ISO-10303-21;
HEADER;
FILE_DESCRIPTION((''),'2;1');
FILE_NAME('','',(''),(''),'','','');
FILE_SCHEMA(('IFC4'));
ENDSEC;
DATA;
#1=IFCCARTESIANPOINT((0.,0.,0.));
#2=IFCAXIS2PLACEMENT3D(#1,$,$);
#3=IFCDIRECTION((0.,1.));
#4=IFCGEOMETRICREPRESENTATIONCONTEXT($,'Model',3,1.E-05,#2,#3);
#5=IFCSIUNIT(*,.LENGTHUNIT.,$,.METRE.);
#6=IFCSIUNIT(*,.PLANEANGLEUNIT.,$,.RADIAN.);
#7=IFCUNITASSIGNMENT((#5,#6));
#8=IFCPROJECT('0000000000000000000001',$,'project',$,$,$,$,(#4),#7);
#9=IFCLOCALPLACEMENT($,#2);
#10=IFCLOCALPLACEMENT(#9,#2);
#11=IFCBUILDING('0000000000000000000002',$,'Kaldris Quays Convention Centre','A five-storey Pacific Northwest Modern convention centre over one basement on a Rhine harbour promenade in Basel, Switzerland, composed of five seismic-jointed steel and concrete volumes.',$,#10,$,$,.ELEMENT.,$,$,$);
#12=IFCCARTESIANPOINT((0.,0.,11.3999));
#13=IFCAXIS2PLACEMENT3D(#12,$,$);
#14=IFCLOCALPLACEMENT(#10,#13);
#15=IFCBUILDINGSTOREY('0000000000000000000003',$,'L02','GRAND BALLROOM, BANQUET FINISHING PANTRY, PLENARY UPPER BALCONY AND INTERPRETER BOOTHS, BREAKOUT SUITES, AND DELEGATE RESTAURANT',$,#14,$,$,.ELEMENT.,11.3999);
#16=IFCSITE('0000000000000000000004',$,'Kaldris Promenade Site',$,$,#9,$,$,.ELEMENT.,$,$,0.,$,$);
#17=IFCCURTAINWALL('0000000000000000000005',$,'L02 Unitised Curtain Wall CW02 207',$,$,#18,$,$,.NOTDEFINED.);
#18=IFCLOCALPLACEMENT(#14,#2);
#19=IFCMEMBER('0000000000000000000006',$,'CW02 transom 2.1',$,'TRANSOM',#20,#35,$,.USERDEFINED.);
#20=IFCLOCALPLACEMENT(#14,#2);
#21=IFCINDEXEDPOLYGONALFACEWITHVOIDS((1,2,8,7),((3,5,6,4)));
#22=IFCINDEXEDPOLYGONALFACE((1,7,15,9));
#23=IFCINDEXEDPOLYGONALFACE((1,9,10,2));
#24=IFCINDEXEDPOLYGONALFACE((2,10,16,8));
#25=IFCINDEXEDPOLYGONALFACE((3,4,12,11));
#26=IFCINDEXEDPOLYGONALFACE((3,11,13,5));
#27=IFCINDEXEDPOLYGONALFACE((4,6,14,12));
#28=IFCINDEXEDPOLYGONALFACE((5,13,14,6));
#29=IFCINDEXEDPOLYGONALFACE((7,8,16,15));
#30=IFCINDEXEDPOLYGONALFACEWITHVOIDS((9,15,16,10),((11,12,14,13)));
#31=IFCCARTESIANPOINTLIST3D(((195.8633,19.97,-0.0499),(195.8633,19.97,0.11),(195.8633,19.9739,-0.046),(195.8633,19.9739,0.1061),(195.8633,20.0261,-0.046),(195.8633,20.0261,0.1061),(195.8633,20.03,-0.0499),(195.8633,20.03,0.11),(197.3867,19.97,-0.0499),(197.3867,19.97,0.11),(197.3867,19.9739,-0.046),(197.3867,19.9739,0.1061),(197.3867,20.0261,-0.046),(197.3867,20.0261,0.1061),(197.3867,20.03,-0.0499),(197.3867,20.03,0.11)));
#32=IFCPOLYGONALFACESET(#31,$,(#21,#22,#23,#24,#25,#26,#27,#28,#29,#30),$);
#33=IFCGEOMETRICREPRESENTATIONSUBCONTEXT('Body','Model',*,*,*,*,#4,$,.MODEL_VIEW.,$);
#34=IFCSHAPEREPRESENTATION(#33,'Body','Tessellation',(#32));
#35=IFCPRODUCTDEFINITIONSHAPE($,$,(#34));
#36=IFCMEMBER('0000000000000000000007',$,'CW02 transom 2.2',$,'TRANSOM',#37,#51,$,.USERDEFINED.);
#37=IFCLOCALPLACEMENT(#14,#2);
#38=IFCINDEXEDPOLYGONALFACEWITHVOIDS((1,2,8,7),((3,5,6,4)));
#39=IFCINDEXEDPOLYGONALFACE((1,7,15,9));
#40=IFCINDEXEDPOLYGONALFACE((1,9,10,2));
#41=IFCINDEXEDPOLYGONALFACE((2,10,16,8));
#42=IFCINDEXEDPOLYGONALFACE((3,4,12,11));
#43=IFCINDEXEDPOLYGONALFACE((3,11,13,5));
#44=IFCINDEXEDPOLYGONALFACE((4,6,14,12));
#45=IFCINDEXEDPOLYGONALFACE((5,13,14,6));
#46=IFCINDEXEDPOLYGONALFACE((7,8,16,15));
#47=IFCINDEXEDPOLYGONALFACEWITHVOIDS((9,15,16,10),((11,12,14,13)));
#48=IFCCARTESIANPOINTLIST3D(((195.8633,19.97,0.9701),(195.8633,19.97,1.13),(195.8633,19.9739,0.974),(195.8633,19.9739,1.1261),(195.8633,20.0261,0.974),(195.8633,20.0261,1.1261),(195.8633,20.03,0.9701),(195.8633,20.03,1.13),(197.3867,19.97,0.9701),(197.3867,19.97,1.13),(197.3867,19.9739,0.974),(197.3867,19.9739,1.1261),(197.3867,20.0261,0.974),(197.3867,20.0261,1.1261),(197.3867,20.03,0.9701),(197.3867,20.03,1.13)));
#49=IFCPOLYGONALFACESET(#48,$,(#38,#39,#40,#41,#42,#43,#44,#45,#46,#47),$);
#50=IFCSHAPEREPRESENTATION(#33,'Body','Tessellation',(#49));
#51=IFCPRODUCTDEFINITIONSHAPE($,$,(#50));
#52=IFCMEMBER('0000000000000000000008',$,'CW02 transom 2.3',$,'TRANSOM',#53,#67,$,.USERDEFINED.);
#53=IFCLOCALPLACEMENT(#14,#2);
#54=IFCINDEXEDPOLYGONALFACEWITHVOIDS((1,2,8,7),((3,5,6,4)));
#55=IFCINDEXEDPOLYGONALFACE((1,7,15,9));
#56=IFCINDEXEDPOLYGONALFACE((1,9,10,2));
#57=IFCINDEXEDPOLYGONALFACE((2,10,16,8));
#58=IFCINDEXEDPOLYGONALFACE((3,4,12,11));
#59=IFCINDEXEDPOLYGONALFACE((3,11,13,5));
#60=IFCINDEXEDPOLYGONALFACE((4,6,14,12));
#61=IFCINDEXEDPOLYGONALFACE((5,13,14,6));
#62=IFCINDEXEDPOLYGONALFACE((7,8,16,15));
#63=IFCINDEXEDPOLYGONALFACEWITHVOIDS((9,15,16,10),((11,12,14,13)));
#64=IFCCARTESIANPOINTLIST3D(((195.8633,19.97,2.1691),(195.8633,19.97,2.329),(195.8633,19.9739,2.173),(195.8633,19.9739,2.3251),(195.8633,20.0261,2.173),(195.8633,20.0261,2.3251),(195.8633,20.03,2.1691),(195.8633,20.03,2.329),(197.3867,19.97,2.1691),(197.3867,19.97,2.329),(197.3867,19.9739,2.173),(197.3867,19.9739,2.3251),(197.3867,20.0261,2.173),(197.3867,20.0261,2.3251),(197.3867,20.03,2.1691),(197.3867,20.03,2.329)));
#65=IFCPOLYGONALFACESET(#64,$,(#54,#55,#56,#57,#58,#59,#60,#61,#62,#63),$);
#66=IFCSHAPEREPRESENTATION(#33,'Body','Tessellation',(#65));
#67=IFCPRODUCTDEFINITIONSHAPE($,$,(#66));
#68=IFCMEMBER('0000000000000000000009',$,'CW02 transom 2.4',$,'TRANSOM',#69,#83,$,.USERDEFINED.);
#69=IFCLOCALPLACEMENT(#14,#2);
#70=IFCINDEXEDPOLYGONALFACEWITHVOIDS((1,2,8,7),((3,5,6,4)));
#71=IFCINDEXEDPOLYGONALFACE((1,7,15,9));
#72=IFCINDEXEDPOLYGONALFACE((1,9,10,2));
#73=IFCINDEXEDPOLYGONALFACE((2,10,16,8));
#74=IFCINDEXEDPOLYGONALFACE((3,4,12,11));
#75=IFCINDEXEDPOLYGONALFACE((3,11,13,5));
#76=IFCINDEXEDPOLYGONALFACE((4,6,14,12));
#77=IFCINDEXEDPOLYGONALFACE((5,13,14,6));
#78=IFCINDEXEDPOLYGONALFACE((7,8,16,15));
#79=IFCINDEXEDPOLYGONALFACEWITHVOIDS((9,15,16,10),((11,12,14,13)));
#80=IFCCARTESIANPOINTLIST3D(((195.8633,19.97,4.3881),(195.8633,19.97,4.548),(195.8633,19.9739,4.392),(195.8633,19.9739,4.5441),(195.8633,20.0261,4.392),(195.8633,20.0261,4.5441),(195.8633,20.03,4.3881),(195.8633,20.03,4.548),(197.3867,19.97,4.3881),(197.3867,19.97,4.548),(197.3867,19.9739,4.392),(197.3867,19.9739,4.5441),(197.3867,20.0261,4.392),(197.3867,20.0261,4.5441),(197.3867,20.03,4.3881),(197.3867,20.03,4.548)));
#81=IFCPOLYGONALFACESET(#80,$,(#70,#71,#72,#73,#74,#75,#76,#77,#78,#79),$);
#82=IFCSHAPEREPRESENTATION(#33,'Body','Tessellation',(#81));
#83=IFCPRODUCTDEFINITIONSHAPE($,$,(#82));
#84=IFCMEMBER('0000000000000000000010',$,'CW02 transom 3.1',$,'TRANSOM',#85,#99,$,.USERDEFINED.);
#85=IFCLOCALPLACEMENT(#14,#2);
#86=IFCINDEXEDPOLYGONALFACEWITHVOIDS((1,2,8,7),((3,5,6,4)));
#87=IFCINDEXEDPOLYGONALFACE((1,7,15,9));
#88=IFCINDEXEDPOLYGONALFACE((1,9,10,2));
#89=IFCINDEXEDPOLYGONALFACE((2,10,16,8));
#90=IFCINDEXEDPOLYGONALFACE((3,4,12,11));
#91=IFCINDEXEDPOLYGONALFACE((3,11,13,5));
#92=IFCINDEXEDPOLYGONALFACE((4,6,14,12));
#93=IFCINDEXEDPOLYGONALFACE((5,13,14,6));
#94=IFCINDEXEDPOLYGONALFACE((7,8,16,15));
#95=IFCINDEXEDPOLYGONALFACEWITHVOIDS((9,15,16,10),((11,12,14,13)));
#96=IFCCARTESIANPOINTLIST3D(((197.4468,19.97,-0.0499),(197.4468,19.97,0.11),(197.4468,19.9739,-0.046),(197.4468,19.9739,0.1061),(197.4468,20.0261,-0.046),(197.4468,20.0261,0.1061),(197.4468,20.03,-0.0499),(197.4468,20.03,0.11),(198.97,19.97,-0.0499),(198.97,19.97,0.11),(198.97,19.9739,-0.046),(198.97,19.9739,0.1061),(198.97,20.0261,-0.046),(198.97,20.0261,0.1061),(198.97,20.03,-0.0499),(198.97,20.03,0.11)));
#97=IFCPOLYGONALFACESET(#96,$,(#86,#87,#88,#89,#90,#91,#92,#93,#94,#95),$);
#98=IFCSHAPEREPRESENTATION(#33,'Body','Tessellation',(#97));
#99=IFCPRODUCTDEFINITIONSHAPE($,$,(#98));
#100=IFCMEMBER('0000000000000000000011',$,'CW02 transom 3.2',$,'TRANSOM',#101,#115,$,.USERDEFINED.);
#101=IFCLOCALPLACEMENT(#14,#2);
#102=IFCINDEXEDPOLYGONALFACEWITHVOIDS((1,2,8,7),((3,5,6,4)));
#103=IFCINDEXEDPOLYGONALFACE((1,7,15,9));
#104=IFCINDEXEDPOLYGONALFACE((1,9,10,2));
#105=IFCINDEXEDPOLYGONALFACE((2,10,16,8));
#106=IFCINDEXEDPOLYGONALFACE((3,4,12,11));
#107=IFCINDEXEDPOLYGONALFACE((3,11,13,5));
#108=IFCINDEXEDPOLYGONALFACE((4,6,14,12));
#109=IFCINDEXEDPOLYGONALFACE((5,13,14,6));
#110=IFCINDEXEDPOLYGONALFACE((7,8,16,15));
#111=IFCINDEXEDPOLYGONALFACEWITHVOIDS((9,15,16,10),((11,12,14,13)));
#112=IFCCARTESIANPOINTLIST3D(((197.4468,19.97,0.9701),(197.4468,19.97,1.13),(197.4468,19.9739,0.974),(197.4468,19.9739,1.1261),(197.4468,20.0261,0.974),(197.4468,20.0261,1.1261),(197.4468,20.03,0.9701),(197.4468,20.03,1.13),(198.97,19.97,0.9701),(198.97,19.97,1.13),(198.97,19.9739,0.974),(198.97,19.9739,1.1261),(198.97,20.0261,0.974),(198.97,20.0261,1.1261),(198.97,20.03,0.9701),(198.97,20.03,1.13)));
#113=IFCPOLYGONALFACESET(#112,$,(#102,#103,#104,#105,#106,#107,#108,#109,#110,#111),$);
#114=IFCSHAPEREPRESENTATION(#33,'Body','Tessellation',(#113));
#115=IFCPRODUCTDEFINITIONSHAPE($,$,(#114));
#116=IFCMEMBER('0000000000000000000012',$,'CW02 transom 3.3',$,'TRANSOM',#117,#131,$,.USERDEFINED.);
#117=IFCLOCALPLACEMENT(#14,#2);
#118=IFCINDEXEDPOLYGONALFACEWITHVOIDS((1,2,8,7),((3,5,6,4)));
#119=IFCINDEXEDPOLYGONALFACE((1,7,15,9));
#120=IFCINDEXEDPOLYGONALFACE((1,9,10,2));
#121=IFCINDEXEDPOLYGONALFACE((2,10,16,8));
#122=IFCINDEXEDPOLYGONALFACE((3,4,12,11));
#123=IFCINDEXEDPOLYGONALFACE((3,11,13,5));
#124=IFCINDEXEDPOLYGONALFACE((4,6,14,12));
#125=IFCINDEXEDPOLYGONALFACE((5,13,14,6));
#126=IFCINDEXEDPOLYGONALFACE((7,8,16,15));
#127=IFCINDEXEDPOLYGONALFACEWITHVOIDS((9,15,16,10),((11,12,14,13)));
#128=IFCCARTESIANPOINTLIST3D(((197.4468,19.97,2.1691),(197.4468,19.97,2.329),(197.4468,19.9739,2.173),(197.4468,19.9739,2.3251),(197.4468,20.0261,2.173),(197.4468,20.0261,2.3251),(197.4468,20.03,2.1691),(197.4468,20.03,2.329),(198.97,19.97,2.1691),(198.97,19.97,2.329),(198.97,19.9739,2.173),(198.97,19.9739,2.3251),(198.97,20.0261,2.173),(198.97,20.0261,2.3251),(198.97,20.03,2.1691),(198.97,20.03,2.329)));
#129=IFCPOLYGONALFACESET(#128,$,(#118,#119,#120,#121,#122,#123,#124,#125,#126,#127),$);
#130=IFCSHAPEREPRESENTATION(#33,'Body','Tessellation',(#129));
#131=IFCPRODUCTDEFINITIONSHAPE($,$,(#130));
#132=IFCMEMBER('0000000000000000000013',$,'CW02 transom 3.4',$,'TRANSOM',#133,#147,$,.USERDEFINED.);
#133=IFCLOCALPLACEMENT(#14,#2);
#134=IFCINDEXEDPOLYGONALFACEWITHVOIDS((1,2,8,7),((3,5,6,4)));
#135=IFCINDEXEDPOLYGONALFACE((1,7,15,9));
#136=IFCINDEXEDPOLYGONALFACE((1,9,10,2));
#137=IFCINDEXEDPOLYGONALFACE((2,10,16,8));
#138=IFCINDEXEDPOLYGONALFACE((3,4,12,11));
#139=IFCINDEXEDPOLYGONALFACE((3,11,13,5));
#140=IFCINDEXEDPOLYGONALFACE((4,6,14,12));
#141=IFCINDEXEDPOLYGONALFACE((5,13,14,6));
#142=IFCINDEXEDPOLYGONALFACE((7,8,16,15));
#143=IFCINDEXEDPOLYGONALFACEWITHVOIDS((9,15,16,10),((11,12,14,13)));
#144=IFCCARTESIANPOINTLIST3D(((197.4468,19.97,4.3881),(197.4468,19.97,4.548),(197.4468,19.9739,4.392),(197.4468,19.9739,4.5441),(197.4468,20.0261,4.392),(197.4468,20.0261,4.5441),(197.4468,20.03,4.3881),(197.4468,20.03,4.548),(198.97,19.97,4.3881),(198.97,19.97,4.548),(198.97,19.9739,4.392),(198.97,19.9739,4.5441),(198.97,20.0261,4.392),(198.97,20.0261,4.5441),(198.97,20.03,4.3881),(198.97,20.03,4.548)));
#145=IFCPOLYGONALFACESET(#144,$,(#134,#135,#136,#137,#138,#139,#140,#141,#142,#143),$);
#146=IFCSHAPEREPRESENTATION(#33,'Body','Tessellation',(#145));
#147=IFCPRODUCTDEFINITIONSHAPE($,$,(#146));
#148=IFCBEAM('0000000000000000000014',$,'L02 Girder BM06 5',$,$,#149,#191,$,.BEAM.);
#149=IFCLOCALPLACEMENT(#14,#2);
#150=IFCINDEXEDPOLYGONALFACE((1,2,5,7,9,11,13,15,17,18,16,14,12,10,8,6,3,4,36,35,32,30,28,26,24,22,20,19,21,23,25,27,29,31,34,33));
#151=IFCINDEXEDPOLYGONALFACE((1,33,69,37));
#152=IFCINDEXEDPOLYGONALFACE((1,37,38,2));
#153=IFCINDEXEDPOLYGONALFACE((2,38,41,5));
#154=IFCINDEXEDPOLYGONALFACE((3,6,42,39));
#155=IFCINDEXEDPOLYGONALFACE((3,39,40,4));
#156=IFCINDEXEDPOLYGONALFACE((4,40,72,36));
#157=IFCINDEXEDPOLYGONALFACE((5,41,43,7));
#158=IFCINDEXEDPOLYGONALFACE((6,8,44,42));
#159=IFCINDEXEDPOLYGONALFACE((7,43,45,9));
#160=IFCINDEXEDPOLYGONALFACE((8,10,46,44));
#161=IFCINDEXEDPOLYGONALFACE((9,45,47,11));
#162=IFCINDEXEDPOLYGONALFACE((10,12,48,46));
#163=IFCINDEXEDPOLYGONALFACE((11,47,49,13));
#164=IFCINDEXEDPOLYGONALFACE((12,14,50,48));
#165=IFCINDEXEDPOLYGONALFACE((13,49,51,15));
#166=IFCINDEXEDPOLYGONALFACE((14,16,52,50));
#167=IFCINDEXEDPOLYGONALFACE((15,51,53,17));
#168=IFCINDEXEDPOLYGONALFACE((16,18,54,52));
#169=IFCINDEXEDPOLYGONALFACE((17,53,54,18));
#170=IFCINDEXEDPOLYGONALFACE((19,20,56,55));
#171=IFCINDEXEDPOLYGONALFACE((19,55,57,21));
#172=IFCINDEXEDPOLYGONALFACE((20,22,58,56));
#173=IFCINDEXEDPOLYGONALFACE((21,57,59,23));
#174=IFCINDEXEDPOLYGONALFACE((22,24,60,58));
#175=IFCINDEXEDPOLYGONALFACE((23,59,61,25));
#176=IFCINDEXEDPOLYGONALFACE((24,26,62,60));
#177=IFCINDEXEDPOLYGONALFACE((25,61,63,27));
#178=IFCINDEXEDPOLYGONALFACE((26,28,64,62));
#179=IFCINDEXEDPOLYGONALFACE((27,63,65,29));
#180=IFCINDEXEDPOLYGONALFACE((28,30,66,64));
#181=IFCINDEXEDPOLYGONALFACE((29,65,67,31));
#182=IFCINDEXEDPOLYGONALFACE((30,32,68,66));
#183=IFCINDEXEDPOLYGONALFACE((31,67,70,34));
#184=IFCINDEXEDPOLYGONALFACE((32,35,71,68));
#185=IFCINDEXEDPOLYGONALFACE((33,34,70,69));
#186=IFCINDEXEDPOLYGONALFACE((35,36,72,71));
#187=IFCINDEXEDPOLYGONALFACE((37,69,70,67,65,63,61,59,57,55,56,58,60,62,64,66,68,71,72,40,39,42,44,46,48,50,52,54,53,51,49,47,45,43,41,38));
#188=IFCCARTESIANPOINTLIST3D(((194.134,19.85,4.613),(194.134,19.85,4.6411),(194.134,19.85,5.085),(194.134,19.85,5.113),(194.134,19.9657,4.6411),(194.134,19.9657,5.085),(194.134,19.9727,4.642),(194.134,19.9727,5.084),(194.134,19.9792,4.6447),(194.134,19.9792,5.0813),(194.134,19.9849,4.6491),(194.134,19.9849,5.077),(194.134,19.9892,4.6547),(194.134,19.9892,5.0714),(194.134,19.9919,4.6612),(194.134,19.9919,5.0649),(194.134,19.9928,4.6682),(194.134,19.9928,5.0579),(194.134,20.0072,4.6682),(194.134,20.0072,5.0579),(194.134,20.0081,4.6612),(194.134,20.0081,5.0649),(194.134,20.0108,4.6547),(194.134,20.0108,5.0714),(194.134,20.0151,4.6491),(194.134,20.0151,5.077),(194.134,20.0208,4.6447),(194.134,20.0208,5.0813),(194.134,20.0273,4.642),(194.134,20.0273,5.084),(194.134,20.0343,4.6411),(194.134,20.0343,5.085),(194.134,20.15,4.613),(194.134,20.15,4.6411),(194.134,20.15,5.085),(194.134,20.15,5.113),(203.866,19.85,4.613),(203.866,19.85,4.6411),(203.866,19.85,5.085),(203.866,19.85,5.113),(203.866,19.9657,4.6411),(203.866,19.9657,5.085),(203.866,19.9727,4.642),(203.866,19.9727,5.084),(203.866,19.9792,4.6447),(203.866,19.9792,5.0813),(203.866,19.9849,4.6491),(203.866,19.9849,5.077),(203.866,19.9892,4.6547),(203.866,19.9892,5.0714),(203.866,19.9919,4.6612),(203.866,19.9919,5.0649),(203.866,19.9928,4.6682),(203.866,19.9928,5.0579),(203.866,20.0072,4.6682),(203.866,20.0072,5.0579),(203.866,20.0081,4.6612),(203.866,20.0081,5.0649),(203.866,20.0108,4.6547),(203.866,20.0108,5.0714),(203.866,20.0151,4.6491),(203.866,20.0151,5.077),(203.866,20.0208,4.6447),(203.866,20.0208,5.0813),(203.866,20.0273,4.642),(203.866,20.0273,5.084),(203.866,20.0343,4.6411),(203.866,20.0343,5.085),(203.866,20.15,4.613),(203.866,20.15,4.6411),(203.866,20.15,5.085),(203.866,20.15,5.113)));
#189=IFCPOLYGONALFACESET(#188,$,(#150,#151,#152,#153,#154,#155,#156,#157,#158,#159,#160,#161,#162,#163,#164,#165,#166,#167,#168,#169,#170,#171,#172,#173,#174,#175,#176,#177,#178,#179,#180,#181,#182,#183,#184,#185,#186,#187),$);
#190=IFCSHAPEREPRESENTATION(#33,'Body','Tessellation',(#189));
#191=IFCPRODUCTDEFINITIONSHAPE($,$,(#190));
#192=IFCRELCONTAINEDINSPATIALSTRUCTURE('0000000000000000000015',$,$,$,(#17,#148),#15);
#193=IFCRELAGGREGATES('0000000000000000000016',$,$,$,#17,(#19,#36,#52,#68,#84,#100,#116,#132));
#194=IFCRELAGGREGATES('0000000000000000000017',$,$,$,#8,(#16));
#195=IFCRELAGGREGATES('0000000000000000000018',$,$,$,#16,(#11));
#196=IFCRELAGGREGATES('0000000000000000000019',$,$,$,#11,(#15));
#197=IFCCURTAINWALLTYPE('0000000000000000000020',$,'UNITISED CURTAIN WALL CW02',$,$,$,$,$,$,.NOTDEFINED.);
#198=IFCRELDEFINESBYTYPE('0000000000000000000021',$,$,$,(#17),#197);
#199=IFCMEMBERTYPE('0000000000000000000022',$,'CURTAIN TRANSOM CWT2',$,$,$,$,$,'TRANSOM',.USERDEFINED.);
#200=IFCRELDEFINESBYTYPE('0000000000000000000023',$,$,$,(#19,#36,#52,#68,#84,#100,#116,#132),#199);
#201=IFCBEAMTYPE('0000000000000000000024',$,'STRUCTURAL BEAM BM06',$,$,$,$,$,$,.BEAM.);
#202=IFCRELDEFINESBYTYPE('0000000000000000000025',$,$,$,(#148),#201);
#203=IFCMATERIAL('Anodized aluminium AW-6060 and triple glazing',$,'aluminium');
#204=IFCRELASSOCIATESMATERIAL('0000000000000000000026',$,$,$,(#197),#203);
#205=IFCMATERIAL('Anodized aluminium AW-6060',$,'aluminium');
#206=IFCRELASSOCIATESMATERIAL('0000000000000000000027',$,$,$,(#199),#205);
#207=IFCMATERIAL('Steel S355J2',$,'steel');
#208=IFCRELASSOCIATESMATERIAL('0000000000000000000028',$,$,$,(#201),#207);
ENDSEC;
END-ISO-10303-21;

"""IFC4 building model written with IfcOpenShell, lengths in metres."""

from ifc_helpers import new_model, si_unit, direction, frame, origin, origin_2d, place, context, subcontext, project, spatial, hollow_rectangle, i_section, extrude, material, material_profile, profile_set, type_object, element, aggregate, save


model = new_model("IFC4")

# Units and contexts
model_context = context("Model", 3, precision=1e-05, world=origin(), true_north=direction((0.0, 1.0)))
body_context = subcontext(model_context, "Body", "Model", "MODEL_VIEW")
ifc_project = project(units=[si_unit("LENGTHUNIT", "METRE"), si_unit("PLANEANGLEUNIT", "RADIAN")], contexts=[model_context])

# Site, building, storey
site_placement = place(None, origin())
site = spatial("IfcSite", under=ifc_project, at=site_placement, Name="Kaldris Promenade Site", CompositionType="ELEMENT", RefElevation=0.0)
building_placement = place(site_placement, origin())
building = spatial("IfcBuilding", under=site, at=building_placement, Name="Kaldris Quays Convention Centre", Description="A five-storey Pacific Northwest Modern convention centre over one basement on a Rhine harbour promenade in Basel, Switzerland, composed of five seismic-jointed steel and concrete volumes.", CompositionType="ELEMENT")
storey_placement = place(building_placement, frame((0.0, 0.0, 11.3999)))
storey = spatial("IfcBuildingStorey", under=building, at=storey_placement, Name="L02", Description="GRAND BALLROOM, BANQUET FINISHING PANTRY, PLENARY UPPER BALCONY AND INTERPRETER BOOTHS, BREAKOUT SUITES, AND DELEGATE RESTAURANT", CompositionType="ELEMENT", Elevation=11.3999)

# Shared definitions
ifc_material_1 = material(Name="Steel S355J2", Category="steel")

# Shared definitions
ifc_material_2 = material(Name="Anodized aluminium AW-6060 and triple glazing", Category="aluminium")
curtain_wall_type = type_object("IfcCurtainWallType", Name="UNITISED CURTAIN WALL CW02", PredefinedType="NOTDEFINED", material=ifc_material_2)
ifc_material_3 = material(Name="Anodized aluminium AW-6060", Category="aluminium")

# Curtain wall, members
curtain_wall_1_placement = place(storey_placement, origin())
curtain_wall_1 = element("IfcCurtainWall", 1, at=curtain_wall_1_placement, inside=storey, type_object=curtain_wall_type, Name="L02 Unitised Curtain Wall CW02 207", PredefinedType="NOTDEFINED")
ifc_material_profile_1 = material_profile(ifc_material_3, hollow_rectangle(XDim=0.0601, YDim=0.1599, WallThickness=0.0039, at=origin_2d()), Name="RHS 160x60x4")
ifc_profile_set_1 = profile_set([ifc_material_profile_1], Name="Anodized aluminium AW-6060")
member_type_1 = type_object("IfcMemberType", Name="CURTAIN TRANSOM CWT2", ElementType="TRANSOM", PredefinedType="USERDEFINED", material=ifc_profile_set_1)
member_1_placement = place(storey_placement, frame((195.8633, 20.0, 0.03), z_axis=(1.0, 0.0, 0.0), x_axis=(0.0, 1.0, 0.0)))
member_1 = element("IfcMember", 2, at=member_1_placement, type_object=member_type_1, Name="CW02 transom 2.1", ObjectType="TRANSOM", PredefinedType="USERDEFINED", context=body_context, shape_type="SweptSolid", body=[
    extrude(hollow_rectangle(XDim=0.0601, YDim=0.1599, WallThickness=0.0039, at=origin_2d()), origin(), (0.0, 0.0, 1.0), 1.5234),
])
member_2_placement = place(storey_placement, frame((195.8633, 20.0, 1.05), z_axis=(1.0, 0.0, 0.0), x_axis=(0.0, 1.0, 0.0)))
member_2 = element("IfcMember", 3, at=member_2_placement, type_object=member_type_1, Name="CW02 transom 2.2", ObjectType="TRANSOM", PredefinedType="USERDEFINED", context=body_context, shape_type="SweptSolid", body=[
    extrude(hollow_rectangle(XDim=0.0601, YDim=0.1599, WallThickness=0.0039, at=origin_2d()), origin(), (0.0, 0.0, 1.0), 1.5234),
])
member_3_placement = place(storey_placement, frame((195.8633, 20.0, 2.249), z_axis=(1.0, 0.0, 0.0), x_axis=(0.0, 1.0, 0.0)))
member_3 = element("IfcMember", 4, at=member_3_placement, type_object=member_type_1, Name="CW02 transom 2.3", ObjectType="TRANSOM", PredefinedType="USERDEFINED", context=body_context, shape_type="SweptSolid", body=[
    extrude(hollow_rectangle(XDim=0.0601, YDim=0.1599, WallThickness=0.0039, at=origin_2d()), origin(), (0.0, 0.0, 1.0), 1.5234),
])
member_4_placement = place(storey_placement, frame((195.8633, 20.0, 4.468), z_axis=(1.0, 0.0, 0.0), x_axis=(0.0, 1.0, 0.0)))
member_4 = element("IfcMember", 5, at=member_4_placement, type_object=member_type_1, Name="CW02 transom 2.4", ObjectType="TRANSOM", PredefinedType="USERDEFINED", context=body_context, shape_type="SweptSolid", body=[
    extrude(hollow_rectangle(XDim=0.0601, YDim=0.1599, WallThickness=0.0039, at=origin_2d()), origin(), (0.0, 0.0, 1.0), 1.5234),
])
member_5_placement = place(storey_placement, frame((197.4468, 20.0, 0.03), z_axis=(1.0, 0.0, 0.0), x_axis=(0.0, 1.0, 0.0)))
member_5 = element("IfcMember", 6, at=member_5_placement, type_object=member_type_1, Name="CW02 transom 3.1", ObjectType="TRANSOM", PredefinedType="USERDEFINED", context=body_context, shape_type="SweptSolid", body=[
    extrude(hollow_rectangle(XDim=0.0601, YDim=0.1599, WallThickness=0.0039, at=origin_2d()), origin(), (0.0, 0.0, 1.0), 1.5232),
])
member_6_placement = place(storey_placement, frame((197.4468, 20.0, 1.05), z_axis=(1.0, 0.0, 0.0), x_axis=(0.0, 1.0, 0.0)))
member_6 = element("IfcMember", 7, at=member_6_placement, type_object=member_type_1, Name="CW02 transom 3.2", ObjectType="TRANSOM", PredefinedType="USERDEFINED", context=body_context, shape_type="SweptSolid", body=[
    extrude(hollow_rectangle(XDim=0.0601, YDim=0.1599, WallThickness=0.0039, at=origin_2d()), origin(), (0.0, 0.0, 1.0), 1.5232),
])
member_7_placement = place(storey_placement, frame((197.4468, 20.0, 2.249), z_axis=(1.0, 0.0, 0.0), x_axis=(0.0, 1.0, 0.0)))
member_7 = element("IfcMember", 8, at=member_7_placement, type_object=member_type_1, Name="CW02 transom 3.3", ObjectType="TRANSOM", PredefinedType="USERDEFINED", context=body_context, shape_type="SweptSolid", body=[
    extrude(hollow_rectangle(XDim=0.0601, YDim=0.1599, WallThickness=0.0039, at=origin_2d()), origin(), (0.0, 0.0, 1.0), 1.5232),
])
member_8_placement = place(storey_placement, frame((197.4468, 20.0, 4.468), z_axis=(1.0, 0.0, 0.0), x_axis=(0.0, 1.0, 0.0)))
member_8 = element("IfcMember", 9, at=member_8_placement, type_object=member_type_1, Name="CW02 transom 3.4", ObjectType="TRANSOM", PredefinedType="USERDEFINED", context=body_context, shape_type="SweptSolid", body=[
    extrude(hollow_rectangle(XDim=0.0601, YDim=0.1599, WallThickness=0.0039, at=origin_2d()), origin(), (0.0, 0.0, 1.0), 1.5232),
])

# Beam
ifc_material_profile_2 = material_profile(ifc_material_1, i_section(OverallWidth=0.3, OverallDepth=0.5, WebThickness=0.0144, FlangeThickness=0.0281, FilletRadius=0.0271, at=origin_2d()), Name="HEB 500")
ifc_profile_set_2 = profile_set([ifc_material_profile_2], Name="Steel S355J2")
beam_type_1 = type_object("IfcBeamType", Name="STRUCTURAL BEAM BM06", PredefinedType="BEAM", material=ifc_profile_set_2)
beam_1_placement = place(storey_placement, frame((194.134, 20.0, 4.863), z_axis=(1.0, 0.0, 0.0), x_axis=(0.0, 1.0, 0.0)))
element("IfcBeam", 10, at=beam_1_placement, inside=storey, type_object=beam_type_1, Name="L02 Girder BM06 5", PredefinedType="BEAM", context=body_context, shape_type="SweptSolid", body=[
    extrude(i_section(OverallWidth=0.3, OverallDepth=0.5, WebThickness=0.0144, FlangeThickness=0.0281, FilletRadius=0.0271, at=origin_2d()), origin(), (0.0, 0.0, 1.0), 9.7319),
])

aggregate(curtain_wall_1, [member_1, member_2, member_3, member_4, member_5, member_6, member_7, member_8])

save(model, "model.ifc")
